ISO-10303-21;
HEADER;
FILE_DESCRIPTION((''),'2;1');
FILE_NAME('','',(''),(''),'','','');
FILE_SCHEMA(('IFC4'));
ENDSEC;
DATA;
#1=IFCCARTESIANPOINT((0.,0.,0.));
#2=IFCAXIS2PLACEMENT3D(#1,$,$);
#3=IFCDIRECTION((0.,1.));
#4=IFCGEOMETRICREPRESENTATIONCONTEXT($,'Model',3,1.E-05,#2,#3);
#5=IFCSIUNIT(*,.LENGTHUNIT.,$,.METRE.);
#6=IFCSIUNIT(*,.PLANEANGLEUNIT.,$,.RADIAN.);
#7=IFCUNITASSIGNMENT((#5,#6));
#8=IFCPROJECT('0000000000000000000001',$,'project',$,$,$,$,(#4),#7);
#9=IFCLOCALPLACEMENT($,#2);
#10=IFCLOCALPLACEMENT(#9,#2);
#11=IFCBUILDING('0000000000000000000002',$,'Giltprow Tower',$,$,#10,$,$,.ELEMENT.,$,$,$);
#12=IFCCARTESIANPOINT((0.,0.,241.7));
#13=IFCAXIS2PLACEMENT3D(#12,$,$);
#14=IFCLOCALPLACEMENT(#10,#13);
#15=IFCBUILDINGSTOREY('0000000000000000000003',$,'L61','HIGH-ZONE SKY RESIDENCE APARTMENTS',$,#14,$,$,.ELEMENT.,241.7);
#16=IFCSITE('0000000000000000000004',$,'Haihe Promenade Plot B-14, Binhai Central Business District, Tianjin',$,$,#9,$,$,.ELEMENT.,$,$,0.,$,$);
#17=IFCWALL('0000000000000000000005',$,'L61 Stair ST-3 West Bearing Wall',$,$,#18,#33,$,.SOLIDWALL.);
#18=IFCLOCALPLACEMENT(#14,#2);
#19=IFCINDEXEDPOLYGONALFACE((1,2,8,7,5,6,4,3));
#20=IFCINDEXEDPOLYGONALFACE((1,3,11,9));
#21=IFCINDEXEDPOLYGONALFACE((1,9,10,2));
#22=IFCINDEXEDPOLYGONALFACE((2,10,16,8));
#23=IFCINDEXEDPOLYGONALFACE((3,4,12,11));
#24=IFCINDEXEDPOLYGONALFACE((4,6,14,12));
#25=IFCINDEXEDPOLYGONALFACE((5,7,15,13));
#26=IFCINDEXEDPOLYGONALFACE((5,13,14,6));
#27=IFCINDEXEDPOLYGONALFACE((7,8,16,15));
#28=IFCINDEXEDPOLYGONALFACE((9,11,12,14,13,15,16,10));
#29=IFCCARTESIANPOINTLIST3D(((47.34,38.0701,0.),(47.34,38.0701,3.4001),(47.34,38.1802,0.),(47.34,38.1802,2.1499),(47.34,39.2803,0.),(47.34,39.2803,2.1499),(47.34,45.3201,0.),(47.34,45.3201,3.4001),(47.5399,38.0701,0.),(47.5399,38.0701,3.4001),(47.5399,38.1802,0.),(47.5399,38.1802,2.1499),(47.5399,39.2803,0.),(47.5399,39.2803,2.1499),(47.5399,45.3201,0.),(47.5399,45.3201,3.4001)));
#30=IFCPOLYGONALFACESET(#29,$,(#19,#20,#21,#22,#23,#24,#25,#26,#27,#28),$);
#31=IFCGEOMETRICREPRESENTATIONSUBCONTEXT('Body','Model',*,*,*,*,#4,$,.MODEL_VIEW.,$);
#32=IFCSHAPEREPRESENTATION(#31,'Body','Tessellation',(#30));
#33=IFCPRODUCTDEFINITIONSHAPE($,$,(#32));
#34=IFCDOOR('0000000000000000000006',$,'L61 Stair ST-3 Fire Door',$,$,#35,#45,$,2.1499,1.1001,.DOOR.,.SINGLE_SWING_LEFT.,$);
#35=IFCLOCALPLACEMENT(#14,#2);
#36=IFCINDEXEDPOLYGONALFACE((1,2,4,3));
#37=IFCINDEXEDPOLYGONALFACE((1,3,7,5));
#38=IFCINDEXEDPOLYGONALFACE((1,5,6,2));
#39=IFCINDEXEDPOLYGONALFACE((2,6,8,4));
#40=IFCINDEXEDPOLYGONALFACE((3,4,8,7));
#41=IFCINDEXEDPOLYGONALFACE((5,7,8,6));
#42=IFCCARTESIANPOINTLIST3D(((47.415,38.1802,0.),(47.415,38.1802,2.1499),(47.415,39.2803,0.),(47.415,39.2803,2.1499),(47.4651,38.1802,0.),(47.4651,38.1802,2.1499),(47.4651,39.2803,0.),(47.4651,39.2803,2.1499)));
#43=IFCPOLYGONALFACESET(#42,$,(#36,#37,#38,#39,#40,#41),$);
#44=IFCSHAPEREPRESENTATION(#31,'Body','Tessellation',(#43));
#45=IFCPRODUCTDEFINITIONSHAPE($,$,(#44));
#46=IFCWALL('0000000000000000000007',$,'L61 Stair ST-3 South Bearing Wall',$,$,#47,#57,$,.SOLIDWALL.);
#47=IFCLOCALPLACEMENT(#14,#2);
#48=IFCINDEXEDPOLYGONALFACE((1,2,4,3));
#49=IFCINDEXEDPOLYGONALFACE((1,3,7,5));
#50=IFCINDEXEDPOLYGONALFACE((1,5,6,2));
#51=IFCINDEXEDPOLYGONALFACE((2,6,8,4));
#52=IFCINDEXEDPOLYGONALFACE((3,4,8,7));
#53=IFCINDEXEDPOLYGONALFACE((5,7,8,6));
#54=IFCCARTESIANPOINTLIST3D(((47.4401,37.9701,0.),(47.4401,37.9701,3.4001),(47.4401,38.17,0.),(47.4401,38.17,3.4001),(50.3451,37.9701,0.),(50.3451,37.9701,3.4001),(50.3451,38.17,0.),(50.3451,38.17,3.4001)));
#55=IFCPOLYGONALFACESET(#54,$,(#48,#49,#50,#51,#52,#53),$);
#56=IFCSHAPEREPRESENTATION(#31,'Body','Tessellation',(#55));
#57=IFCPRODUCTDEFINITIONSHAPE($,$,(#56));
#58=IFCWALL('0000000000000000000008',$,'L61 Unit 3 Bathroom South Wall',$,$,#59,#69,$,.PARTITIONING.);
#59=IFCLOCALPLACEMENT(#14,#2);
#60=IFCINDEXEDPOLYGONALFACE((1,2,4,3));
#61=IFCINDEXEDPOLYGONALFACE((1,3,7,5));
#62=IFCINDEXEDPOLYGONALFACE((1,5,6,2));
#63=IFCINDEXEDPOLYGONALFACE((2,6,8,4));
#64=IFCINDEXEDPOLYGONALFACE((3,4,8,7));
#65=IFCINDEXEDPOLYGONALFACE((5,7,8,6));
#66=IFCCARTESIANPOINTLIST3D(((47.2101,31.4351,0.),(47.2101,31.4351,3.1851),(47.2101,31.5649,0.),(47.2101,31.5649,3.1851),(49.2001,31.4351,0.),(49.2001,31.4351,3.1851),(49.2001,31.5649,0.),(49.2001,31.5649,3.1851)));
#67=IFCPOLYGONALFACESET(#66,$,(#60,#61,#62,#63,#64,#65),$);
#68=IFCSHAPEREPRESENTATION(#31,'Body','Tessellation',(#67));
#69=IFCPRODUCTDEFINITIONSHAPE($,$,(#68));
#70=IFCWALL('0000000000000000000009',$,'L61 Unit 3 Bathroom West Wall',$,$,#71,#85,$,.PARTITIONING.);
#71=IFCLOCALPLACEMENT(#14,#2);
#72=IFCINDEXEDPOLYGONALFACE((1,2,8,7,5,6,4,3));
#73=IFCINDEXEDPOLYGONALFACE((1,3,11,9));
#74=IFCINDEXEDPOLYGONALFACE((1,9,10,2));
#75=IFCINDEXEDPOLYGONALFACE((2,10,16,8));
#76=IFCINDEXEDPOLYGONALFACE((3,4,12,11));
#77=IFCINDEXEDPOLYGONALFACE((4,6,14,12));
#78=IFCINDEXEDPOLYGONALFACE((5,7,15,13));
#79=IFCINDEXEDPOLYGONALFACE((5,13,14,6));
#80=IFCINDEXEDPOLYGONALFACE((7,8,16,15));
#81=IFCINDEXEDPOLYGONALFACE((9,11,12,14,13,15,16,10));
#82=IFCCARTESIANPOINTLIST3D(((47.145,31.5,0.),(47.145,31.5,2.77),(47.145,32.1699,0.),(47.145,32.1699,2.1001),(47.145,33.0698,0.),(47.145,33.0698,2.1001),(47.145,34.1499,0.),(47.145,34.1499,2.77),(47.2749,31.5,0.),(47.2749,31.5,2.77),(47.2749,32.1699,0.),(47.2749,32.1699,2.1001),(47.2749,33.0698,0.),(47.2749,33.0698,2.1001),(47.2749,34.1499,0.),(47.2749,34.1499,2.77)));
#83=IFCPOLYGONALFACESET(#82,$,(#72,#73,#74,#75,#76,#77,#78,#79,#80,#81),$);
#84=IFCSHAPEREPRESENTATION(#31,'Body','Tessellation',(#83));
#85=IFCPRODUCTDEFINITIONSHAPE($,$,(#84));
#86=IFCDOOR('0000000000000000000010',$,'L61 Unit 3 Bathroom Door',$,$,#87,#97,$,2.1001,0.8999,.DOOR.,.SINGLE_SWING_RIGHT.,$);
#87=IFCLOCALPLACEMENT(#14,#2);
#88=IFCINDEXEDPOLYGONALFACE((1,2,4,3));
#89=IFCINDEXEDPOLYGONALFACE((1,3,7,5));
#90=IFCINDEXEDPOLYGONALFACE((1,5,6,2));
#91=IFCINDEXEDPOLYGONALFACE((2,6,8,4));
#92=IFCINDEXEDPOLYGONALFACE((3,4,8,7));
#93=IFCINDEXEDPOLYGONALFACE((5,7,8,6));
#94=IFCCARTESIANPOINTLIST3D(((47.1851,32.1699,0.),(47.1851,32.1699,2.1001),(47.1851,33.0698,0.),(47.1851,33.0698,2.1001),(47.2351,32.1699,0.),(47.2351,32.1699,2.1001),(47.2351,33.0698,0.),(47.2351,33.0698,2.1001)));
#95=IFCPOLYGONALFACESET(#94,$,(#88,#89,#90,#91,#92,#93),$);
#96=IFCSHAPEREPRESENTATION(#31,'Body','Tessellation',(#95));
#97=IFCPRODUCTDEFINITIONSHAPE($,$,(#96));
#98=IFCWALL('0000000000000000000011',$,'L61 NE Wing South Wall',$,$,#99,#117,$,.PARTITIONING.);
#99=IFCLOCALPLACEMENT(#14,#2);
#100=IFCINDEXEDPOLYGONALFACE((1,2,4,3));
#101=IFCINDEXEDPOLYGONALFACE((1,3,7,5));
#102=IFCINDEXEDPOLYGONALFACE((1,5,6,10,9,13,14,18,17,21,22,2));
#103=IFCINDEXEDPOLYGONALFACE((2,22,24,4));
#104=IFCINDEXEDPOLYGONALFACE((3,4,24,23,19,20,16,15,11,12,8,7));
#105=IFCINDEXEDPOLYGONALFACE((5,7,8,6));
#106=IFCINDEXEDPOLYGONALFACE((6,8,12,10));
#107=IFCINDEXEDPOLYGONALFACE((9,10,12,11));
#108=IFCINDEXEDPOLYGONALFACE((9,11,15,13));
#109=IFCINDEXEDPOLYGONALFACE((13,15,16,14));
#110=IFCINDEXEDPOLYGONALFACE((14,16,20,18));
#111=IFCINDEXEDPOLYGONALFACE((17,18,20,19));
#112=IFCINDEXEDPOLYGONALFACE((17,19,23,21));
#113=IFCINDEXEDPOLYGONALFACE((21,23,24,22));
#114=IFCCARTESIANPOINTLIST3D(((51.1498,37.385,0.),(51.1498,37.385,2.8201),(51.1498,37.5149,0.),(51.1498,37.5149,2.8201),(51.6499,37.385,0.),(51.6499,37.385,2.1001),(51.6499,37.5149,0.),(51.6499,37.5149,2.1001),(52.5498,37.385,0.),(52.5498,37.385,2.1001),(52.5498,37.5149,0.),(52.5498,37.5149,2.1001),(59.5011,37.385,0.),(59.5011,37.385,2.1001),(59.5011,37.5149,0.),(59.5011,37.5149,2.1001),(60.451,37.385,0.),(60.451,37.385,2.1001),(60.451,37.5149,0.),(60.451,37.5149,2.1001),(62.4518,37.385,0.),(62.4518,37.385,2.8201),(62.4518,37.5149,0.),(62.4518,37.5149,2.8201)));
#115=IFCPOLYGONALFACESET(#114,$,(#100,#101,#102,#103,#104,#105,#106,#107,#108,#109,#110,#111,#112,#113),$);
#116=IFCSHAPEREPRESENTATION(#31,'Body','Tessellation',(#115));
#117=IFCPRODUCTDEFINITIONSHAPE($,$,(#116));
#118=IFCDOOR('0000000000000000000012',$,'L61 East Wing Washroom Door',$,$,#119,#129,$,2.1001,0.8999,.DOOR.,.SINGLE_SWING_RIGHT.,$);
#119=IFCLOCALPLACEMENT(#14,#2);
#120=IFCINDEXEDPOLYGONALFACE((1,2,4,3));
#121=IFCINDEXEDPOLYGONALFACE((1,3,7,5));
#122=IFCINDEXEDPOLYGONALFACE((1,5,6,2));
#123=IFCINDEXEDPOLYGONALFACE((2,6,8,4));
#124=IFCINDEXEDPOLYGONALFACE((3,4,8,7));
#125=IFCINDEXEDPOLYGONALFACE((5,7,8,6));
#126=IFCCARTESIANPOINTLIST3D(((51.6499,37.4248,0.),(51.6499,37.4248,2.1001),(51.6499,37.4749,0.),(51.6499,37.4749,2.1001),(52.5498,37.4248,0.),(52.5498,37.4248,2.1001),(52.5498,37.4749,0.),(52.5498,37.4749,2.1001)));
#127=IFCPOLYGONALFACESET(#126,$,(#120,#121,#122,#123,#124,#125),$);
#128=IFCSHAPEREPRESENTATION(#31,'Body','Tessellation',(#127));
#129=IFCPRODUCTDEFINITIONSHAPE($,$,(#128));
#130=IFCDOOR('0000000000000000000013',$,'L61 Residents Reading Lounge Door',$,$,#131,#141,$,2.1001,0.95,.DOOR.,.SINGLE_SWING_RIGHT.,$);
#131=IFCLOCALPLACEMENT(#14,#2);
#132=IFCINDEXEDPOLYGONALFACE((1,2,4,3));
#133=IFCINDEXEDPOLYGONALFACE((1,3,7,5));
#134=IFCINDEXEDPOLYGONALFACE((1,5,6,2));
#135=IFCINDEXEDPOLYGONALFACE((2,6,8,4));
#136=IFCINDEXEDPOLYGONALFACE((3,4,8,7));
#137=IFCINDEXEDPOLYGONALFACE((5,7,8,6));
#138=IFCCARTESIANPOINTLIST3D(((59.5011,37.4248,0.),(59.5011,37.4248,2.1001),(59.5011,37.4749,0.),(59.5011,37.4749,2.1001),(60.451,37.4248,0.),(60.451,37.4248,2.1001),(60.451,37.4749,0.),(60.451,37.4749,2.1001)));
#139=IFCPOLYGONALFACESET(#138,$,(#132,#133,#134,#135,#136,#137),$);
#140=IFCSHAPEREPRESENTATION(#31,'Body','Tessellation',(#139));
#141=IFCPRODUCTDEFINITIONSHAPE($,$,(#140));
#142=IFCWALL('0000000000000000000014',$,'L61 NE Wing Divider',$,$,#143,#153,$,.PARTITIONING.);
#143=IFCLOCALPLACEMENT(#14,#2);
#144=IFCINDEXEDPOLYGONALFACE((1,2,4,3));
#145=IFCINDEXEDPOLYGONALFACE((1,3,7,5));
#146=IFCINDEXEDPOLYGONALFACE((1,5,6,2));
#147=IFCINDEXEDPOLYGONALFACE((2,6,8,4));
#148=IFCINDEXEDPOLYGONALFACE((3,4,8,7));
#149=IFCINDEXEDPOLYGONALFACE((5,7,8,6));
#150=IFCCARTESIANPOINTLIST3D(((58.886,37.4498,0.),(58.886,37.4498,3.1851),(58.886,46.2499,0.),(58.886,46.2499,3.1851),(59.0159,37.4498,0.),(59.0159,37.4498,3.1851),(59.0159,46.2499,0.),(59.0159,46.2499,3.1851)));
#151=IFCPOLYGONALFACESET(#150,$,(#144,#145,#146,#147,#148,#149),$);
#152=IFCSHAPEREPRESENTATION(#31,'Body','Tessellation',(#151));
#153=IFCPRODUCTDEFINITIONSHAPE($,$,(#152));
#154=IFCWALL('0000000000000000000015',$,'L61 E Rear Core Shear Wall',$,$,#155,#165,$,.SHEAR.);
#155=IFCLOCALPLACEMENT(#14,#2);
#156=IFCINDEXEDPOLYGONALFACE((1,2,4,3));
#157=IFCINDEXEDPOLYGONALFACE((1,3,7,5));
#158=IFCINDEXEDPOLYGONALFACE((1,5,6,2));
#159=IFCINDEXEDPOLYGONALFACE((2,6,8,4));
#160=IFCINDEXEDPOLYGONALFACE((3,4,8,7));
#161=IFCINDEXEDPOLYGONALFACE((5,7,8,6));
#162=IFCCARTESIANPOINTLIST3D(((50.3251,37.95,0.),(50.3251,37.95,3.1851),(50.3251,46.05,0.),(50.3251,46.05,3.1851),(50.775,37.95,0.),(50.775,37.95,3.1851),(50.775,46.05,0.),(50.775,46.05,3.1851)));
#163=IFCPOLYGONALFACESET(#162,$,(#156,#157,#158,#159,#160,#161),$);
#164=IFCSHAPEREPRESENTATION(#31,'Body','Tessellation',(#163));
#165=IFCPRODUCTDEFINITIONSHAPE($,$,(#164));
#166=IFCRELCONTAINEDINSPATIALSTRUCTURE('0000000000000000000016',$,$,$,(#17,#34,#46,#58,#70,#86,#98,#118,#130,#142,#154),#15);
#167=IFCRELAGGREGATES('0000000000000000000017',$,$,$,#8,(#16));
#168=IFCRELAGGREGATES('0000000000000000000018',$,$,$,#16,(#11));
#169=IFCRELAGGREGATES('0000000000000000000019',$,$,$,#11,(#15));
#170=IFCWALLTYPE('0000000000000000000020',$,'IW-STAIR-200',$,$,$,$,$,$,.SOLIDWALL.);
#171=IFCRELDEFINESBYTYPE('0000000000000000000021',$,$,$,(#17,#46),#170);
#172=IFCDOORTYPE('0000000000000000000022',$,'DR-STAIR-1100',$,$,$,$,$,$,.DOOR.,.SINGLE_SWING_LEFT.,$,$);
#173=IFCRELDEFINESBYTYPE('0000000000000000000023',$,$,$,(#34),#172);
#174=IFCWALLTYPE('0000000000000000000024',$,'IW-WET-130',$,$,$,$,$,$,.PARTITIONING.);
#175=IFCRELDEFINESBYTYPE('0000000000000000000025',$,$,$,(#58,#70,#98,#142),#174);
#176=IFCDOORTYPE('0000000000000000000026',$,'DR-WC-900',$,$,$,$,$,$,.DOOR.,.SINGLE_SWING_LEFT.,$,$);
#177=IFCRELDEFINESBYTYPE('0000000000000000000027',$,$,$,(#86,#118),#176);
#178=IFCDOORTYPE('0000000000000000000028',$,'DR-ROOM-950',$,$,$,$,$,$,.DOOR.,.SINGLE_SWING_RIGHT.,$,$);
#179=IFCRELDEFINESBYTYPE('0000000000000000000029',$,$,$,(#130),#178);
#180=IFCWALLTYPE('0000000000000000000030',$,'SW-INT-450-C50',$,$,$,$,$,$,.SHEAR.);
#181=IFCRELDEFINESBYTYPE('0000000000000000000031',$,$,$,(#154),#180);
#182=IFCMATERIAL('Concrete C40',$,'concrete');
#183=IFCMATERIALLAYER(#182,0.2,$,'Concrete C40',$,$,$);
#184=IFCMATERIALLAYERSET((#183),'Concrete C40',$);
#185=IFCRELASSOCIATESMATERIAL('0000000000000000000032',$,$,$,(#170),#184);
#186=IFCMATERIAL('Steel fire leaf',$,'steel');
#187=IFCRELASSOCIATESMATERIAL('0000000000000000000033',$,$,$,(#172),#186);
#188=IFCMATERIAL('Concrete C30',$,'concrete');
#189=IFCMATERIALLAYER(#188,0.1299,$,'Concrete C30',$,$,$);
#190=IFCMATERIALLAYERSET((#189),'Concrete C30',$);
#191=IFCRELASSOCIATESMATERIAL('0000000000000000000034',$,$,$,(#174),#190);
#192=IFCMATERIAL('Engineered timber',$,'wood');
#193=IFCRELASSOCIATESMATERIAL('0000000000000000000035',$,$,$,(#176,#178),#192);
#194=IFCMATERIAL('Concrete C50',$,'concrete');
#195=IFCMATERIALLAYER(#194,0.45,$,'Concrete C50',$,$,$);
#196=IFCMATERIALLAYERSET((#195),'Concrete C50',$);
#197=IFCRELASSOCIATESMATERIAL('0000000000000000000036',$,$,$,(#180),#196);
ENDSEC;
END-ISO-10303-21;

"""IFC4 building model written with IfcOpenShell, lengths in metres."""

from ifc_helpers import new_model, si_unit, direction, frame, frame_2d, origin, place, context, subcontext, project, spatial, rectangle, extrude, source, transform, mapped, material, layer, layer_set, type_object, element, fill, save


model = new_model("IFC4")

# Units and contexts
model_context = context("Model", 3, precision=1e-05, world=origin(), true_north=direction((0.0, 1.0)))
body_context = subcontext(model_context, "Body", "Model", "MODEL_VIEW")
ifc_project = project(units=[si_unit("LENGTHUNIT", "METRE"), si_unit("PLANEANGLEUNIT", "RADIAN")], contexts=[model_context])

# Site, building, storey
site_placement = place(None, origin())
site = spatial("IfcSite", under=ifc_project, at=site_placement, Name="Haihe Promenade Plot B-14, Binhai Central Business District, Tianjin", CompositionType="ELEMENT", RefElevation=0.0)
building_placement = place(site_placement, origin())
building = spatial("IfcBuilding", under=site, at=building_placement, Name="Giltprow Tower", CompositionType="ELEMENT")
storey_placement = place(building_placement, frame((0.0, 0.0, 241.7)))
storey = spatial("IfcBuildingStorey", under=building, at=storey_placement, Name="L61", Description="HIGH-ZONE SKY RESIDENCE APARTMENTS", CompositionType="ELEMENT", Elevation=241.7)

# Shared definitions
ifc_material_1 = material(Name="Concrete C50", Category="concrete")

# Wall, opening, door
ifc_material_2 = material(Name="Concrete C40", Category="concrete")
ifc_layer_1 = layer(ifc_material_2, 0.2, Name="Concrete C40")
ifc_layer_set_1 = layer_set([ifc_layer_1], Name="Concrete C40")
wall_type_1 = type_object("IfcWallType", Name="IW-STAIR-200", PredefinedType="SOLIDWALL", material=ifc_layer_set_1)
wall_1_placement = place(storey_placement, frame((47.4399, 38.0701, 0.0), z_axis=(0.0, 0.0, 1.0), x_axis=(0.0, 1.0, 0.0)))
wall_1 = element("IfcWall", 1, at=wall_1_placement, inside=storey, type_object=wall_type_1, Name="L61 Stair ST-3 West Bearing Wall", PredefinedType="SOLIDWALL", context=body_context, shape_type="SweptSolid", body=[
    extrude(rectangle(XDim=7.25, YDim=0.2, at=frame_2d((3.625, 0.0))), origin(), (0.0, 0.0, 1.0), 3.4001),
])
opening_1_placement = place(wall_1_placement, frame((0.1101, 0.0, 0.0)))
opening_1 = element("IfcOpeningElement", 2, at=opening_1_placement, cuts=wall_1, PredefinedType="OPENING", context=body_context, shape_type="SweptSolid", body=[
    extrude(rectangle(XDim=1.1001, YDim=2.1499, at=frame_2d((0.55, 1.075))), frame((0.0, 0.1099, 0.0), z_axis=(0.0, -1.0, 0.0), x_axis=(1.0, 0.0, 0.0)), (0.0, 0.0, 1.0), 0.22),
])
ifc_material_3 = material(Name="Steel fire leaf", Category="steel")
door_type_1 = type_object("IfcDoorType", Name="DR-STAIR-1100", OperationType="SINGLE_SWING_LEFT", PredefinedType="DOOR", material=ifc_material_3)
shared_shape_1 = source(origin(), body_context, "Body", "SweptSolid", [
    extrude(rectangle(XDim=1.1001, YDim=2.1499, at=frame_2d((0.55, 1.075))), frame((0.0, 0.0249, 0.0), z_axis=(0.0, -1.0, 0.0), x_axis=(1.0, 0.0, 0.0)), (0.0, 0.0, 1.0), 0.05),
])
door_1_placement = place(opening_1_placement, origin())
door_1 = element("IfcDoor", 3, at=door_1_placement, inside=storey, type_object=door_type_1, Name="L61 Stair ST-3 Fire Door", OperationType="SINGLE_SWING_LEFT", OverallHeight=2.1499, OverallWidth=1.1001, PredefinedType="DOOR", context=body_context, shape_type="MappedRepresentation", body=[
    mapped(shared_shape_1, transform((0.0, 0.0, 0.0), x_axis=(1.0, 0.0, 0.0), y_axis=(0.0, 1.0, 0.0), z_axis=(0.0, 0.0, 1.0), scale=1.0)),
])
fill(opening_1, door_1)

# Walls
wall_2_placement = place(storey_placement, frame((47.4399, 38.0701, 0.0), z_axis=(0.0, 0.0, 1.0), x_axis=(1.0, 0.0, 0.0)))
element("IfcWall", 4, at=wall_2_placement, inside=storey, type_object=wall_type_1, Name="L61 Stair ST-3 South Bearing Wall", PredefinedType="SOLIDWALL", context=body_context, shape_type="SweptSolid", body=[
    extrude(rectangle(XDim=2.905, YDim=0.2, at=frame_2d((1.4526, 0.0))), origin(), (0.0, 0.0, 1.0), 3.4001),
])
ifc_material_4 = material(Name="Concrete C30", Category="concrete")
ifc_layer_2 = layer(ifc_material_4, 0.1299, Name="Concrete C30")
ifc_layer_set_2 = layer_set([ifc_layer_2], Name="Concrete C30")
wall_type_2 = type_object("IfcWallType", Name="IW-WET-130", PredefinedType="PARTITIONING", material=ifc_layer_set_2)
wall_3_placement = place(storey_placement, frame((47.21, 31.5, 0.0), z_axis=(0.0, 0.0, 1.0), x_axis=(1.0, 0.0, 0.0)))
element("IfcWall", 5, at=wall_3_placement, inside=storey, type_object=wall_type_2, Name="L61 Unit 3 Bathroom South Wall", PredefinedType="PARTITIONING", context=body_context, shape_type="SweptSolid", body=[
    extrude(rectangle(XDim=1.99, YDim=0.1299, at=frame_2d((0.9951, 0.0))), origin(), (0.0, 0.0, 1.0), 3.1851),
])

# Wall, opening, door
wall_4_placement = place(storey_placement, frame((47.21, 31.5, 0.0), z_axis=(0.0, 0.0, 1.0), x_axis=(0.0, 1.0, 0.0)))
wall_4 = element("IfcWall", 6, at=wall_4_placement, inside=storey, type_object=wall_type_2, Name="L61 Unit 3 Bathroom West Wall", PredefinedType="PARTITIONING", context=body_context, shape_type="SweptSolid", body=[
    extrude(rectangle(XDim=2.6499, YDim=0.1299, at=frame_2d((1.325, 0.0))), origin(), (0.0, 0.0, 1.0), 2.77),
])
opening_2_placement = place(wall_4_placement, frame((0.6699, 0.0, 0.0)))
opening_2 = element("IfcOpeningElement", 7, at=opening_2_placement, cuts=wall_4, PredefinedType="OPENING", context=body_context, shape_type="SweptSolid", body=[
    extrude(rectangle(XDim=0.8999, YDim=2.1001, at=frame_2d((0.45, 1.05))), frame((0.0, 0.075, 0.0), z_axis=(0.0, -1.0, 0.0), x_axis=(1.0, 0.0, 0.0)), (0.0, 0.0, 1.0), 0.1499),
])
ifc_material_5 = material(Name="Engineered timber", Category="wood")
door_type_2 = type_object("IfcDoorType", Name="DR-WC-900", OperationType="SINGLE_SWING_LEFT", PredefinedType="DOOR", material=ifc_material_5)
shared_shape_2 = source(origin(), body_context, "Body", "SweptSolid", [
    extrude(rectangle(XDim=0.8999, YDim=2.1001, at=frame_2d((0.45, 1.05))), frame((0.0, 0.0249, 0.0), z_axis=(0.0, -1.0, 0.0), x_axis=(1.0, 0.0, 0.0)), (0.0, 0.0, 1.0), 0.05),
])
door_2_placement = place(opening_2_placement, origin())
door_2 = element("IfcDoor", 8, at=door_2_placement, inside=storey, type_object=door_type_2, Name="L61 Unit 3 Bathroom Door", OperationType="SINGLE_SWING_RIGHT", OverallHeight=2.1001, OverallWidth=0.8999, PredefinedType="DOOR", context=body_context, shape_type="MappedRepresentation", body=[
    mapped(shared_shape_2, transform((0.0, 0.0, 0.0), x_axis=(1.0, 0.0, 0.0), y_axis=(0.0, 1.0, 0.0), z_axis=(0.0, 0.0, 1.0), scale=1.0)),
])
fill(opening_2, door_2)

# Wall, openings, doors
wall_5_placement = place(storey_placement, frame((51.1499, 37.45, 0.0), z_axis=(0.0, 0.0, 1.0), x_axis=(1.0, 0.0, 0.0)))
wall_5 = element("IfcWall", 9, at=wall_5_placement, inside=storey, type_object=wall_type_2, Name="L61 NE Wing South Wall", PredefinedType="PARTITIONING", context=body_context, shape_type="SweptSolid", body=[
    extrude(rectangle(XDim=11.302, YDim=0.1299, at=frame_2d((5.6509, 0.0))), origin(), (0.0, 0.0, 1.0), 2.8201),
])
opening_3_placement = place(wall_5_placement, frame((0.5, 0.0, 0.0)))
opening_3 = element("IfcOpeningElement", 10, at=opening_3_placement, cuts=wall_5, PredefinedType="OPENING", context=body_context, shape_type="SweptSolid", body=[
    extrude(rectangle(XDim=0.8999, YDim=2.1001, at=frame_2d((0.45, 1.05))), frame((0.0, 0.075, 0.0), z_axis=(0.0, -1.0, 0.0), x_axis=(1.0, 0.0, 0.0)), (0.0, 0.0, 1.0), 0.1499),
])
opening_4_placement = place(wall_5_placement, frame((8.3511, 0.0, 0.0)))
opening_4 = element("IfcOpeningElement", 11, at=opening_4_placement, cuts=wall_5, PredefinedType="OPENING", context=body_context, shape_type="SweptSolid", body=[
    extrude(rectangle(XDim=0.95, YDim=2.1001, at=frame_2d((0.4751, 1.05))), frame((0.0, 0.075, 0.0), z_axis=(0.0, -1.0, 0.0), x_axis=(1.0, 0.0, 0.0)), (0.0, 0.0, 1.0), 0.1499),
])
door_3_placement = place(opening_3_placement, origin())
door_3 = element("IfcDoor", 12, at=door_3_placement, inside=storey, type_object=door_type_2, Name="L61 East Wing Washroom Door", OperationType="SINGLE_SWING_RIGHT", OverallHeight=2.1001, OverallWidth=0.8999, PredefinedType="DOOR", context=body_context, shape_type="MappedRepresentation", body=[
    mapped(shared_shape_2, transform((0.0, 0.0, 0.0), x_axis=(1.0, 0.0, 0.0), y_axis=(0.0, 1.0, 0.0), z_axis=(0.0, 0.0, 1.0), scale=1.0)),
])
fill(opening_3, door_3)
door_type_3 = type_object("IfcDoorType", Name="DR-ROOM-950", OperationType="SINGLE_SWING_RIGHT", PredefinedType="DOOR", material=ifc_material_5)
shared_shape_3 = source(origin(), body_context, "Body", "SweptSolid", [
    extrude(rectangle(XDim=0.95, YDim=2.1001, at=frame_2d((0.4751, 1.05))), frame((0.0, 0.0249, 0.0), z_axis=(0.0, -1.0, 0.0), x_axis=(1.0, 0.0, 0.0)), (0.0, 0.0, 1.0), 0.05),
])
door_4_placement = place(opening_4_placement, origin())
door_4 = element("IfcDoor", 13, at=door_4_placement, inside=storey, type_object=door_type_3, Name="L61 Residents Reading Lounge Door", OperationType="SINGLE_SWING_RIGHT", OverallHeight=2.1001, OverallWidth=0.95, PredefinedType="DOOR", context=body_context, shape_type="MappedRepresentation", body=[
    mapped(shared_shape_3, transform((0.0, 0.0, 0.0), x_axis=(1.0, 0.0, 0.0), y_axis=(0.0, 1.0, 0.0), z_axis=(0.0, 0.0, 1.0), scale=1.0)),
])
fill(opening_4, door_4)

# Walls
wall_6_placement = place(storey_placement, frame((58.9509, 37.45, 0.0), z_axis=(0.0, 0.0, 1.0), x_axis=(0.0, 1.0, 0.0)))
element("IfcWall", 14, at=wall_6_placement, inside=storey, type_object=wall_type_2, Name="L61 NE Wing Divider", PredefinedType="PARTITIONING", context=body_context, shape_type="SweptSolid", body=[
    extrude(rectangle(XDim=8.8, YDim=0.1299, at=frame_2d((4.3999, 0.0))), origin(), (0.0, 0.0, 1.0), 3.1851),
])
ifc_layer_3 = layer(ifc_material_1, 0.45, Name="Concrete C50")
ifc_layer_set_3 = layer_set([ifc_layer_3], Name="Concrete C50")
wall_type_3 = type_object("IfcWallType", Name="SW-INT-450-C50", PredefinedType="SHEAR", material=ifc_layer_set_3)
wall_7_placement = place(storey_placement, frame((50.55, 37.95, 0.0), z_axis=(0.0, 0.0, 1.0), x_axis=(0.0, 1.0, 0.0)))
element("IfcWall", 15, at=wall_7_placement, inside=storey, type_object=wall_type_3, Name="L61 E Rear Core Shear Wall", PredefinedType="SHEAR", context=body_context, shape_type="SweptSolid", body=[
    extrude(rectangle(XDim=8.1001, YDim=0.45, at=frame_2d((4.05, 0.0))), origin(), (0.0, 0.0, 1.0), 3.1851),
])

save(model, "model.ifc")
